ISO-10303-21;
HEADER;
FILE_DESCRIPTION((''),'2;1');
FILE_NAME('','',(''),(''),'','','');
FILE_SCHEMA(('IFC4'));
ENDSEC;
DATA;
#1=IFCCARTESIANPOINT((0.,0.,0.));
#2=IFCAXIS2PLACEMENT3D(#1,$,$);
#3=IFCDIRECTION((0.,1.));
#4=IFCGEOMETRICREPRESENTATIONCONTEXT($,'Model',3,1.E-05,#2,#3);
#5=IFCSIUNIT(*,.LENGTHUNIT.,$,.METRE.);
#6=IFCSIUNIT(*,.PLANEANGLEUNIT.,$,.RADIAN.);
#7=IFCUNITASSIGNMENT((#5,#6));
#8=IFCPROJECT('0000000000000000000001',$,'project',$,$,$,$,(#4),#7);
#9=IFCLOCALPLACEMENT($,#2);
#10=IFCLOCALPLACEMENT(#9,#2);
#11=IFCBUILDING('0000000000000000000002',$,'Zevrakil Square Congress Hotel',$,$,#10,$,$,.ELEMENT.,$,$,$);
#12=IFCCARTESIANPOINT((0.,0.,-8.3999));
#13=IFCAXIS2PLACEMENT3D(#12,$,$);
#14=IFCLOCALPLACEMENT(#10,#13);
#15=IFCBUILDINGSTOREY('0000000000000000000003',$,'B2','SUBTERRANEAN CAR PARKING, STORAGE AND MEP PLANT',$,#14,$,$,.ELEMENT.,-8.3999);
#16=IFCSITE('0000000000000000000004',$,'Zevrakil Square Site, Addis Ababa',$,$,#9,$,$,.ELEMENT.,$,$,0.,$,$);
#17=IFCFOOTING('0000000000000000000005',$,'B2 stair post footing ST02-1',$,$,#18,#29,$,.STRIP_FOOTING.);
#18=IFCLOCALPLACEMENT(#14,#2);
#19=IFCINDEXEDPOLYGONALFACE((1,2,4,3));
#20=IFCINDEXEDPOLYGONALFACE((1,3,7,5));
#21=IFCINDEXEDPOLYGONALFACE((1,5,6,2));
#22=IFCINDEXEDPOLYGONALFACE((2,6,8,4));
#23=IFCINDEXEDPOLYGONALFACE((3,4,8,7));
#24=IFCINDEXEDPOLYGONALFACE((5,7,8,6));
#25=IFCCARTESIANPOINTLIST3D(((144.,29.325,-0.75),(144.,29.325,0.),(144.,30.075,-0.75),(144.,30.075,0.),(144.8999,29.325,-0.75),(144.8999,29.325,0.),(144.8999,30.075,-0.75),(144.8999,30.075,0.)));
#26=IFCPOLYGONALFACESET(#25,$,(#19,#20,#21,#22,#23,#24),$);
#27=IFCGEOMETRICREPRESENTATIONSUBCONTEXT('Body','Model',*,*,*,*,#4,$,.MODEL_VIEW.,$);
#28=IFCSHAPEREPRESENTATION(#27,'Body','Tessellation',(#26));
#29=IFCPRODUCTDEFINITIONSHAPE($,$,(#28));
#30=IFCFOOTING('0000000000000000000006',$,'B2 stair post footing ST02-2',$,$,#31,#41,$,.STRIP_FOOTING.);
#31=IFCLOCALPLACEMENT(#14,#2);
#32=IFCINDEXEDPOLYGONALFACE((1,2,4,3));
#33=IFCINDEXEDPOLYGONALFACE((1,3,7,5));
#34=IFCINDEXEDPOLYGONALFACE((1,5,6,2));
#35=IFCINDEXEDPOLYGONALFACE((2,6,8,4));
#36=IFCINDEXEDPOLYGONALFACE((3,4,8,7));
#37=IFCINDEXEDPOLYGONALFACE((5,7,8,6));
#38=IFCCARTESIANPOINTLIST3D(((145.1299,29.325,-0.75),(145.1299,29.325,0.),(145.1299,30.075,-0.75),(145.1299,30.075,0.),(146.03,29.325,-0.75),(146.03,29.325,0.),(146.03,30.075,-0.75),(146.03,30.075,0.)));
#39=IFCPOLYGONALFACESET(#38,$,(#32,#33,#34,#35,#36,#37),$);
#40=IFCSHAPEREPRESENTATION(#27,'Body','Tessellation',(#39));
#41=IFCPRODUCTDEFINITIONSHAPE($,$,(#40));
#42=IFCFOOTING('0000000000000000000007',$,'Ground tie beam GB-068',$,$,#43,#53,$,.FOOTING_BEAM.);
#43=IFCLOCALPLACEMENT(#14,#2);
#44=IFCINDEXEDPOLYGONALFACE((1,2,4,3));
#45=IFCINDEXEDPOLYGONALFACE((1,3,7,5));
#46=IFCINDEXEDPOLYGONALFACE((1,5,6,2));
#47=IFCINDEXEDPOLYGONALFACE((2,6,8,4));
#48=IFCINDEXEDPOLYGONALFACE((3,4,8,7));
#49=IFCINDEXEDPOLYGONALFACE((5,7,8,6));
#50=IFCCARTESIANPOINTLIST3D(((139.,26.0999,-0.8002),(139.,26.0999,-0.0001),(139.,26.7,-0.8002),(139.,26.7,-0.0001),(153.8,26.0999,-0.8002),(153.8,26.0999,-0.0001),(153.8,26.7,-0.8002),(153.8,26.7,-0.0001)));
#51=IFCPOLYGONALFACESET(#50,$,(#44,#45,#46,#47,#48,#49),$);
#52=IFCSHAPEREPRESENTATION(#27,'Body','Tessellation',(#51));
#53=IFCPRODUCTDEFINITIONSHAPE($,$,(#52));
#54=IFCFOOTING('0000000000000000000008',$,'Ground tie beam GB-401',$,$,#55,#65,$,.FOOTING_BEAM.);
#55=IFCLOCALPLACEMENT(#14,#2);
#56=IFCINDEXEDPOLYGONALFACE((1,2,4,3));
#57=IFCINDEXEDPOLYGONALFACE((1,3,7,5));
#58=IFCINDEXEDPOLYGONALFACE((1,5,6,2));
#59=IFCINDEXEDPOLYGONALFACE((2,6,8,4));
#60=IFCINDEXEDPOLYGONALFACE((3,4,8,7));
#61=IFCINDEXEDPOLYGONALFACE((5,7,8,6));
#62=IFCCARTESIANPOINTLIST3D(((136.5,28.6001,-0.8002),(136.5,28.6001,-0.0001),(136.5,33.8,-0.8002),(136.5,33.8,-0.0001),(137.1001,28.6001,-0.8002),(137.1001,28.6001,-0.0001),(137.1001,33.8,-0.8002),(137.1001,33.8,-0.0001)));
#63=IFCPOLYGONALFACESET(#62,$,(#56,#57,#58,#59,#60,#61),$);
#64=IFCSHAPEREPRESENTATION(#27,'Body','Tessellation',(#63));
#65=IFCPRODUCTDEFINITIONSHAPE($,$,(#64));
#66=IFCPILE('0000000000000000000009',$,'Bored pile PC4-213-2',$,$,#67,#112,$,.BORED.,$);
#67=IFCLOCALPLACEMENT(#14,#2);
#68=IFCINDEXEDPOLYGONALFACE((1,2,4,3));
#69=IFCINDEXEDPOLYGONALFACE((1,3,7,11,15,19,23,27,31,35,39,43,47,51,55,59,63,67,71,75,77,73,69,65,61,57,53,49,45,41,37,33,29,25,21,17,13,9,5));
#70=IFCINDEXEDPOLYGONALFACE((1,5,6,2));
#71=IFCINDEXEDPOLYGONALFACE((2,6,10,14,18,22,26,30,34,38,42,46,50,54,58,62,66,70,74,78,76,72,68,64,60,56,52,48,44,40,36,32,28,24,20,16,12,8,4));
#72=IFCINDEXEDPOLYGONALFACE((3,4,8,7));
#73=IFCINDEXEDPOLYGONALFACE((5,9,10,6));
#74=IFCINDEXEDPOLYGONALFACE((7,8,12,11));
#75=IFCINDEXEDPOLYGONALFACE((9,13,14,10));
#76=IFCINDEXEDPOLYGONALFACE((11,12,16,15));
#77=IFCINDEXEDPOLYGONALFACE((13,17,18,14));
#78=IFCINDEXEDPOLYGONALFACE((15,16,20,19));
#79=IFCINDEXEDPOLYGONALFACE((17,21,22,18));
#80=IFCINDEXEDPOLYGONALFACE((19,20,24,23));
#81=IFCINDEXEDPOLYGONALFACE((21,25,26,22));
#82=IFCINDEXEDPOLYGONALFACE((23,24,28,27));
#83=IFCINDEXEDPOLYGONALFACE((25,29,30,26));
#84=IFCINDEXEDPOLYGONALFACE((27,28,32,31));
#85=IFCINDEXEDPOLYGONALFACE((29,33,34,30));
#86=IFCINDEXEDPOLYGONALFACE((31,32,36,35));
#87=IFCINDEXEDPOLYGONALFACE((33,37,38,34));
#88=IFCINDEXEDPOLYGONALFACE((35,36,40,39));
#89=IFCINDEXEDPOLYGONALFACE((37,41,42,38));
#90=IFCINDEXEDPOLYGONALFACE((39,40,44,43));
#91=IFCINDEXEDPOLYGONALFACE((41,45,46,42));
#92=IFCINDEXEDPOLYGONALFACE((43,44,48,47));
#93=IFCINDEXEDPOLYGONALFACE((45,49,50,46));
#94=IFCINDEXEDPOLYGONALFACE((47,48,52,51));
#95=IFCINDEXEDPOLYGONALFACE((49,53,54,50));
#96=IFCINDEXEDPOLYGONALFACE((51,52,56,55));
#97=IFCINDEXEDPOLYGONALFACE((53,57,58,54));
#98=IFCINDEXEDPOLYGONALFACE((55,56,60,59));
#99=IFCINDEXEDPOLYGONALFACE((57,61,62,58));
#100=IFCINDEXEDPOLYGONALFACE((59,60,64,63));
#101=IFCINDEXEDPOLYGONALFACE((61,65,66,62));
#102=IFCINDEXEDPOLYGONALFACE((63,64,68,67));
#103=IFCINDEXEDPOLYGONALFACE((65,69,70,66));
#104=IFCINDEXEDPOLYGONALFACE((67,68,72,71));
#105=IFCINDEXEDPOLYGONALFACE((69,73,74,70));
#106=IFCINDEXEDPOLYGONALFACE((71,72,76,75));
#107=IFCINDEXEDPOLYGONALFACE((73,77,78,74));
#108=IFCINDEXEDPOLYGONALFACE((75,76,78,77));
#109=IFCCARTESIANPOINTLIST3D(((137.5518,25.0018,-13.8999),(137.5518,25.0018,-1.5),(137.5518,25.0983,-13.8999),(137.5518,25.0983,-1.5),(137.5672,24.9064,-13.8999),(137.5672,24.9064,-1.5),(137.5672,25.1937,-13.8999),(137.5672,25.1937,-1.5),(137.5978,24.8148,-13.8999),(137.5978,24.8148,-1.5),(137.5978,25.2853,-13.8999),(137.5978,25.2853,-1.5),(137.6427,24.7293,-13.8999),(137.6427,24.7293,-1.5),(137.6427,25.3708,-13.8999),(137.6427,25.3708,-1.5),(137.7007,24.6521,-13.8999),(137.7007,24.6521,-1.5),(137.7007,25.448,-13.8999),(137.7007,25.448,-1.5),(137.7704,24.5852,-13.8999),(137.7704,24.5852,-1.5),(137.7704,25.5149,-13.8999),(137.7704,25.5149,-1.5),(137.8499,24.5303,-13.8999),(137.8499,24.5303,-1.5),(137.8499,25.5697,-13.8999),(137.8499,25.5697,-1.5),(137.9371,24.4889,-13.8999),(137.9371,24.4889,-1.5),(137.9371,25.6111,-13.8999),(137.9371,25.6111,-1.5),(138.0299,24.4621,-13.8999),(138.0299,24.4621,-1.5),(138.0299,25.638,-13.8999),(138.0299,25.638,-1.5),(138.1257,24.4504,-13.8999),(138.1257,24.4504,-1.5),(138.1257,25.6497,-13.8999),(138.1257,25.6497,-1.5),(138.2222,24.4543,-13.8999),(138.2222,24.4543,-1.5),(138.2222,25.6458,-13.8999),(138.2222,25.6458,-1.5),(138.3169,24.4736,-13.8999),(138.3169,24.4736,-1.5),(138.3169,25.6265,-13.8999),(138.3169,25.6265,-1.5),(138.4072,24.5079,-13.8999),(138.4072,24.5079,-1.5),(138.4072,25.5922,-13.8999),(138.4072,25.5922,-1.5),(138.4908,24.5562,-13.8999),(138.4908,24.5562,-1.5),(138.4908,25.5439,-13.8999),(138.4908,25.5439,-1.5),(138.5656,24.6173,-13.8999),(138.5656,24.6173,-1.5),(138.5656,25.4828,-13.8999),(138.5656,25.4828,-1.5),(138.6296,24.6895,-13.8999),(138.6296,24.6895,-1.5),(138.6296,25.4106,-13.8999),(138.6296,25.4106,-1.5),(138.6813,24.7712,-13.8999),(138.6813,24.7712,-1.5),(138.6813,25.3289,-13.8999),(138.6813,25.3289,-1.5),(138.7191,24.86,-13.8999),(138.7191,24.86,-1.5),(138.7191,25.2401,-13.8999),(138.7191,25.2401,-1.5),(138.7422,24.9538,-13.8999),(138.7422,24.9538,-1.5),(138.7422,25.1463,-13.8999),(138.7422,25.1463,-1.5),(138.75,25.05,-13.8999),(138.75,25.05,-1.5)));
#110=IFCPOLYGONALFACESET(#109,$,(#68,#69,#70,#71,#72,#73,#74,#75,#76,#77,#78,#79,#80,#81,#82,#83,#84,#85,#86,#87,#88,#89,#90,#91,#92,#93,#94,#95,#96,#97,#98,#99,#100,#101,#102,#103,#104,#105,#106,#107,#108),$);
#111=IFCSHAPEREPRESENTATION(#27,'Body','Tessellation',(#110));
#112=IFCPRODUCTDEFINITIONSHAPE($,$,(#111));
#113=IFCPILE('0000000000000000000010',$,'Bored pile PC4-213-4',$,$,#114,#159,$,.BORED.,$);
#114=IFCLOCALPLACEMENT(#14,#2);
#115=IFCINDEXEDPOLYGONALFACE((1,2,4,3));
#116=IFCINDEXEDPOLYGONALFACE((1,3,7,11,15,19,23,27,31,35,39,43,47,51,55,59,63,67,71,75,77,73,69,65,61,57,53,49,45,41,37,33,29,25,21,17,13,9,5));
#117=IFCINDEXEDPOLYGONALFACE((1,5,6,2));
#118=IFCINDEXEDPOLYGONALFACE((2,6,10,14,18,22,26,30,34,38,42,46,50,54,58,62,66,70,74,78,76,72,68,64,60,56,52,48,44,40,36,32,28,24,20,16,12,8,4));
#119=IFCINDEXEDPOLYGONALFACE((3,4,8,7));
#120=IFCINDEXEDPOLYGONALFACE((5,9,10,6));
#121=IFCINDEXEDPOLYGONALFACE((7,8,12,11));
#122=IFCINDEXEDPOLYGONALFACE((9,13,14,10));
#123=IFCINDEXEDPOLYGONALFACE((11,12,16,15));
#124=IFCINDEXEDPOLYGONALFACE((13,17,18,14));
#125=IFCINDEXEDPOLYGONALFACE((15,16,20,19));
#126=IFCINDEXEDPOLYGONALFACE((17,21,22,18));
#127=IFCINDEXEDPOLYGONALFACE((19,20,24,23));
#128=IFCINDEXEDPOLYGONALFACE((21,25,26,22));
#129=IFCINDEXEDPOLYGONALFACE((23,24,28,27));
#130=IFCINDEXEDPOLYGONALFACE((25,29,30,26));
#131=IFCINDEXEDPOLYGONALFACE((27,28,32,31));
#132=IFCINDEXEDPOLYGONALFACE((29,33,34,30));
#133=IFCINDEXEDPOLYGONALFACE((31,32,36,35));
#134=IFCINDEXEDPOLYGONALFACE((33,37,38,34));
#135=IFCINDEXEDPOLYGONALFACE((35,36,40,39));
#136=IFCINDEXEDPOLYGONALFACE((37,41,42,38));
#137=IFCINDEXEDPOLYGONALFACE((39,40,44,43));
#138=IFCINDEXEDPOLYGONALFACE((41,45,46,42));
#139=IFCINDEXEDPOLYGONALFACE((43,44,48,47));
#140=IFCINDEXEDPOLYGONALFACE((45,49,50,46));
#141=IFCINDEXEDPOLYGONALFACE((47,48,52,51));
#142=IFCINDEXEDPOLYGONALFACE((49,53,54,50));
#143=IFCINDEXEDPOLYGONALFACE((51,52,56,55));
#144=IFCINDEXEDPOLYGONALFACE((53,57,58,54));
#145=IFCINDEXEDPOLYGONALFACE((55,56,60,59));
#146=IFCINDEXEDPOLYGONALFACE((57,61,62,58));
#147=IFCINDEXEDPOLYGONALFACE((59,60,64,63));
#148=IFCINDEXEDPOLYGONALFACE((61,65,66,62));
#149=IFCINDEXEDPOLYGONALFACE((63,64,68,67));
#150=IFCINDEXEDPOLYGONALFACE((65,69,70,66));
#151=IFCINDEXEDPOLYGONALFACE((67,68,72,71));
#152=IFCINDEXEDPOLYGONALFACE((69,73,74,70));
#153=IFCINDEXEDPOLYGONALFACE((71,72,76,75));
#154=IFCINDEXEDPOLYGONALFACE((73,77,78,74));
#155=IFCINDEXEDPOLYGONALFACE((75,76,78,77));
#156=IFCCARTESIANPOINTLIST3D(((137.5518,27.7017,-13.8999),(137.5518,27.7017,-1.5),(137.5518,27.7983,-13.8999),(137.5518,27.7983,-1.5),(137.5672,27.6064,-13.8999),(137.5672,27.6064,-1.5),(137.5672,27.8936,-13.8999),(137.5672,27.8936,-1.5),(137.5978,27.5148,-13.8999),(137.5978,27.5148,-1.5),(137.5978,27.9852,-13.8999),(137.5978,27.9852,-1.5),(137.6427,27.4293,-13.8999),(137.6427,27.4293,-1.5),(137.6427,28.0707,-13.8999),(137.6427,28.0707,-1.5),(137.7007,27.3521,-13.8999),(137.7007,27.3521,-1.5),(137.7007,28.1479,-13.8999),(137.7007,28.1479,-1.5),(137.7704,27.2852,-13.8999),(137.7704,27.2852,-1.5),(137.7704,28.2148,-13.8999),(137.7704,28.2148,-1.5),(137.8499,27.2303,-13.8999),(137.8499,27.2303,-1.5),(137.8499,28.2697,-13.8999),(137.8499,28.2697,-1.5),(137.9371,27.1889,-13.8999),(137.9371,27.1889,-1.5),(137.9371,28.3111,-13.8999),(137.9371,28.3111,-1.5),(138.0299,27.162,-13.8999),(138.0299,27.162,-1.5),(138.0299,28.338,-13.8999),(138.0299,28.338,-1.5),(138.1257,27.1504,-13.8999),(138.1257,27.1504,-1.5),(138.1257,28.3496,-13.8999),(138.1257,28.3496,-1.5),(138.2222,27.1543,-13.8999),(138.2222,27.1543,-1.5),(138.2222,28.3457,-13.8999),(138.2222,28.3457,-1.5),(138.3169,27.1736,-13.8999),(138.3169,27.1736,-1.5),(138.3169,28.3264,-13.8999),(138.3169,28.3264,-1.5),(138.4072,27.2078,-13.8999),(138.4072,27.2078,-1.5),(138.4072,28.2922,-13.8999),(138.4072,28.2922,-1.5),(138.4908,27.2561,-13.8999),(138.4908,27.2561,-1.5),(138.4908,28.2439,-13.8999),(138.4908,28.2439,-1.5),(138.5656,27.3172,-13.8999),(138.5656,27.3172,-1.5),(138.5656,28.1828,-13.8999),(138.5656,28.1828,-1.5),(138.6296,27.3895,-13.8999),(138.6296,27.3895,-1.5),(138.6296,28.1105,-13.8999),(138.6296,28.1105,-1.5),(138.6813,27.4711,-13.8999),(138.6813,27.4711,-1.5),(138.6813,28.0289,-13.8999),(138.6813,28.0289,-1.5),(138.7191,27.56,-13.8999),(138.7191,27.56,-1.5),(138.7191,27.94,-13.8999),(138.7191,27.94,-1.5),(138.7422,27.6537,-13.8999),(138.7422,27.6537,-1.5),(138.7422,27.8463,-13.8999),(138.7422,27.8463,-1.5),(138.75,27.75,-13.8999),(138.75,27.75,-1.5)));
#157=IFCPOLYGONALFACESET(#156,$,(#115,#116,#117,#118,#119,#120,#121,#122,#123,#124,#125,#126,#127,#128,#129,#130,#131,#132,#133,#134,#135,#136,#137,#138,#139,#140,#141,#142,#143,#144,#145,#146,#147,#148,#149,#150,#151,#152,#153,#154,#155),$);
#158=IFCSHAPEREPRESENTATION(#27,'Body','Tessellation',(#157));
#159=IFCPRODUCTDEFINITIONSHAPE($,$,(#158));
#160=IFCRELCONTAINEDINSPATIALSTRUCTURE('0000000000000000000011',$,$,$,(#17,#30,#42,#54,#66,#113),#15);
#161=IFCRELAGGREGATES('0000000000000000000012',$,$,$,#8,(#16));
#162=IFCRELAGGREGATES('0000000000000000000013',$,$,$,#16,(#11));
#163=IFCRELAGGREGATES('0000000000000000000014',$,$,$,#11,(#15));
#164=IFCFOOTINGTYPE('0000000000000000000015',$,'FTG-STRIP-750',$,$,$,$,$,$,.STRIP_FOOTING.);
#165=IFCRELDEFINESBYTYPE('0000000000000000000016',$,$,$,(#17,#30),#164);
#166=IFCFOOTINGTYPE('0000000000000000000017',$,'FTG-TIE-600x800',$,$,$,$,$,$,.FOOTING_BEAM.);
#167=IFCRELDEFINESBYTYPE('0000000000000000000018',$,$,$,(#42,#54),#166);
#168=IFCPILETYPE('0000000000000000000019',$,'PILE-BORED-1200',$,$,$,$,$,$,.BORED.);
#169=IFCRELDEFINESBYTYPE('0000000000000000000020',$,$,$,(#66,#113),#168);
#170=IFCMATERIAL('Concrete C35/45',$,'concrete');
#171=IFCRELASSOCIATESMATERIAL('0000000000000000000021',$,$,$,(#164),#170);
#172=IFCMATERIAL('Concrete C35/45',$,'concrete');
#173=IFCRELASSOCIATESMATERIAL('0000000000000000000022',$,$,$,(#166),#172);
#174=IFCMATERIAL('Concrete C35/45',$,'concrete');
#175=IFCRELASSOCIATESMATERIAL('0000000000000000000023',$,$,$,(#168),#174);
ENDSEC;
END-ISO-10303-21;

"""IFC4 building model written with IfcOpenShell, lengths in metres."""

from ifc_helpers import new_model, si_unit, direction, frame, origin, origin_2d, place, context, subcontext, project, spatial, rectangle, circle, extrude, material, material_profile, profile_set, type_object, element, save


model = new_model("IFC4")

# Units and contexts
model_context = context("Model", 3, precision=1e-05, world=origin(), true_north=direction((0.0, 1.0)))
body_context = subcontext(model_context, "Body", "Model", "MODEL_VIEW")
ifc_project = project(units=[si_unit("LENGTHUNIT", "METRE"), si_unit("PLANEANGLEUNIT", "RADIAN")], contexts=[model_context])

# Site, building, storey
site_placement = place(None, origin())
site = spatial("IfcSite", under=ifc_project, at=site_placement, Name="Zevrakil Square Site, Addis Ababa", CompositionType="ELEMENT", RefElevation=0.0)
building_placement = place(site_placement, origin())
building = spatial("IfcBuilding", under=site, at=building_placement, Name="Zevrakil Square Congress Hotel", CompositionType="ELEMENT")
storey_placement = place(building_placement, frame((0.0, 0.0, -8.3999)))
storey = spatial("IfcBuildingStorey", under=building, at=storey_placement, Name="B2", Description="SUBTERRANEAN CAR PARKING, STORAGE AND MEP PLANT", CompositionType="ELEMENT", Elevation=-8.3999)

# Footings
ifc_material_1 = material(Name="Concrete C35/45", Category="concrete")
ifc_material_profile_1 = material_profile(ifc_material_1, rectangle(XDim=0.75, YDim=0.75, at=origin_2d()), Name="RC 750x750")
ifc_profile_set_1 = profile_set([ifc_material_profile_1], Name="Concrete C35/45")
footing_type_1 = type_object("IfcFootingType", Name="FTG-STRIP-750", PredefinedType="STRIP_FOOTING", material=ifc_profile_set_1)
footing_1_placement = place(storey_placement, frame((144.0, 29.7, -0.375), z_axis=(1.0, 0.0, 0.0), x_axis=(0.0, 1.0, 0.0)))
element("IfcFooting", 1, at=footing_1_placement, inside=storey, type_object=footing_type_1, Name="B2 stair post footing ST02-1", PredefinedType="STRIP_FOOTING", context=body_context, shape_type="SweptSolid", body=[
    extrude(rectangle(XDim=0.75, YDim=0.75, at=origin_2d()), origin(), (0.0, 0.0, 1.0), 0.8999),
])
footing_2_placement = place(storey_placement, frame((145.1299, 29.7, -0.375), z_axis=(1.0, 0.0, 0.0), x_axis=(0.0, 1.0, 0.0)))
element("IfcFooting", 2, at=footing_2_placement, inside=storey, type_object=footing_type_1, Name="B2 stair post footing ST02-2", PredefinedType="STRIP_FOOTING", context=body_context, shape_type="SweptSolid", body=[
    extrude(rectangle(XDim=0.75, YDim=0.75, at=origin_2d()), origin(), (0.0, 0.0, 1.0), 0.9001),
])
ifc_material_2 = material(Name="Concrete C35/45", Category="concrete")
ifc_material_profile_2 = material_profile(ifc_material_2, rectangle(XDim=0.6001, YDim=0.8, at=origin_2d()), Name="RC 600x800")
ifc_profile_set_2 = profile_set([ifc_material_profile_2], Name="Concrete C35/45")
footing_type_2 = type_object("IfcFootingType", Name="FTG-TIE-600x800", PredefinedType="FOOTING_BEAM", material=ifc_profile_set_2)
footing_3_placement = place(storey_placement, frame((139.0, 26.3999, -0.4001), z_axis=(1.0, 0.0, 0.0), x_axis=(0.0, 1.0, 0.0)))
element("IfcFooting", 3, at=footing_3_placement, inside=storey, type_object=footing_type_2, Name="Ground tie beam GB-068", PredefinedType="FOOTING_BEAM", context=body_context, shape_type="SweptSolid", body=[
    extrude(rectangle(XDim=0.6001, YDim=0.8, at=origin_2d()), origin(), (0.0, 0.0, 1.0), 14.8),
])
footing_4_placement = place(storey_placement, frame((136.8, 28.6001, -0.4001), z_axis=(0.0, 1.0, 0.0), x_axis=(-1.0, 0.0, 0.0)))
element("IfcFooting", 4, at=footing_4_placement, inside=storey, type_object=footing_type_2, Name="Ground tie beam GB-401", PredefinedType="FOOTING_BEAM", context=body_context, shape_type="SweptSolid", body=[
    extrude(rectangle(XDim=0.6001, YDim=0.8, at=origin_2d()), origin(), (0.0, 0.0, 1.0), 5.2),
])

# Piles
ifc_material_3 = material(Name="Concrete C35/45", Category="concrete")
ifc_material_profile_3 = material_profile(ifc_material_3, circle(Radius=0.6001, at=origin_2d()), Name="PILE D1200")
ifc_profile_set_3 = profile_set([ifc_material_profile_3], Name="Concrete C35/45")
pile_type = type_object("IfcPileType", Name="PILE-BORED-1200", PredefinedType="BORED", material=ifc_profile_set_3)
for number, where, z_axis, x_axis, name in (
    (5, (138.1499, 25.05, -1.5), (0.0, 0.0, -1.0), (1.0, 0.0, 0.0), "Bored pile PC4-213-2"),
    (6, (138.1499, 27.75, -1.5), (0.0, 0.0, -1.0), (1.0, 0.0, 0.0), "Bored pile PC4-213-4"),
):
    element("IfcPile", number, at=place(storey_placement, frame(where, z_axis=z_axis, x_axis=x_axis)), inside=storey, type_object=pile_type, Name=name, PredefinedType="BORED", context=body_context, shape_type="SweptSolid", body=[
        extrude(circle(Radius=0.6001, at=origin_2d()), origin(), (0.0, 0.0, 1.0), 12.3999),
    ])

save(model, "model.ifc")
